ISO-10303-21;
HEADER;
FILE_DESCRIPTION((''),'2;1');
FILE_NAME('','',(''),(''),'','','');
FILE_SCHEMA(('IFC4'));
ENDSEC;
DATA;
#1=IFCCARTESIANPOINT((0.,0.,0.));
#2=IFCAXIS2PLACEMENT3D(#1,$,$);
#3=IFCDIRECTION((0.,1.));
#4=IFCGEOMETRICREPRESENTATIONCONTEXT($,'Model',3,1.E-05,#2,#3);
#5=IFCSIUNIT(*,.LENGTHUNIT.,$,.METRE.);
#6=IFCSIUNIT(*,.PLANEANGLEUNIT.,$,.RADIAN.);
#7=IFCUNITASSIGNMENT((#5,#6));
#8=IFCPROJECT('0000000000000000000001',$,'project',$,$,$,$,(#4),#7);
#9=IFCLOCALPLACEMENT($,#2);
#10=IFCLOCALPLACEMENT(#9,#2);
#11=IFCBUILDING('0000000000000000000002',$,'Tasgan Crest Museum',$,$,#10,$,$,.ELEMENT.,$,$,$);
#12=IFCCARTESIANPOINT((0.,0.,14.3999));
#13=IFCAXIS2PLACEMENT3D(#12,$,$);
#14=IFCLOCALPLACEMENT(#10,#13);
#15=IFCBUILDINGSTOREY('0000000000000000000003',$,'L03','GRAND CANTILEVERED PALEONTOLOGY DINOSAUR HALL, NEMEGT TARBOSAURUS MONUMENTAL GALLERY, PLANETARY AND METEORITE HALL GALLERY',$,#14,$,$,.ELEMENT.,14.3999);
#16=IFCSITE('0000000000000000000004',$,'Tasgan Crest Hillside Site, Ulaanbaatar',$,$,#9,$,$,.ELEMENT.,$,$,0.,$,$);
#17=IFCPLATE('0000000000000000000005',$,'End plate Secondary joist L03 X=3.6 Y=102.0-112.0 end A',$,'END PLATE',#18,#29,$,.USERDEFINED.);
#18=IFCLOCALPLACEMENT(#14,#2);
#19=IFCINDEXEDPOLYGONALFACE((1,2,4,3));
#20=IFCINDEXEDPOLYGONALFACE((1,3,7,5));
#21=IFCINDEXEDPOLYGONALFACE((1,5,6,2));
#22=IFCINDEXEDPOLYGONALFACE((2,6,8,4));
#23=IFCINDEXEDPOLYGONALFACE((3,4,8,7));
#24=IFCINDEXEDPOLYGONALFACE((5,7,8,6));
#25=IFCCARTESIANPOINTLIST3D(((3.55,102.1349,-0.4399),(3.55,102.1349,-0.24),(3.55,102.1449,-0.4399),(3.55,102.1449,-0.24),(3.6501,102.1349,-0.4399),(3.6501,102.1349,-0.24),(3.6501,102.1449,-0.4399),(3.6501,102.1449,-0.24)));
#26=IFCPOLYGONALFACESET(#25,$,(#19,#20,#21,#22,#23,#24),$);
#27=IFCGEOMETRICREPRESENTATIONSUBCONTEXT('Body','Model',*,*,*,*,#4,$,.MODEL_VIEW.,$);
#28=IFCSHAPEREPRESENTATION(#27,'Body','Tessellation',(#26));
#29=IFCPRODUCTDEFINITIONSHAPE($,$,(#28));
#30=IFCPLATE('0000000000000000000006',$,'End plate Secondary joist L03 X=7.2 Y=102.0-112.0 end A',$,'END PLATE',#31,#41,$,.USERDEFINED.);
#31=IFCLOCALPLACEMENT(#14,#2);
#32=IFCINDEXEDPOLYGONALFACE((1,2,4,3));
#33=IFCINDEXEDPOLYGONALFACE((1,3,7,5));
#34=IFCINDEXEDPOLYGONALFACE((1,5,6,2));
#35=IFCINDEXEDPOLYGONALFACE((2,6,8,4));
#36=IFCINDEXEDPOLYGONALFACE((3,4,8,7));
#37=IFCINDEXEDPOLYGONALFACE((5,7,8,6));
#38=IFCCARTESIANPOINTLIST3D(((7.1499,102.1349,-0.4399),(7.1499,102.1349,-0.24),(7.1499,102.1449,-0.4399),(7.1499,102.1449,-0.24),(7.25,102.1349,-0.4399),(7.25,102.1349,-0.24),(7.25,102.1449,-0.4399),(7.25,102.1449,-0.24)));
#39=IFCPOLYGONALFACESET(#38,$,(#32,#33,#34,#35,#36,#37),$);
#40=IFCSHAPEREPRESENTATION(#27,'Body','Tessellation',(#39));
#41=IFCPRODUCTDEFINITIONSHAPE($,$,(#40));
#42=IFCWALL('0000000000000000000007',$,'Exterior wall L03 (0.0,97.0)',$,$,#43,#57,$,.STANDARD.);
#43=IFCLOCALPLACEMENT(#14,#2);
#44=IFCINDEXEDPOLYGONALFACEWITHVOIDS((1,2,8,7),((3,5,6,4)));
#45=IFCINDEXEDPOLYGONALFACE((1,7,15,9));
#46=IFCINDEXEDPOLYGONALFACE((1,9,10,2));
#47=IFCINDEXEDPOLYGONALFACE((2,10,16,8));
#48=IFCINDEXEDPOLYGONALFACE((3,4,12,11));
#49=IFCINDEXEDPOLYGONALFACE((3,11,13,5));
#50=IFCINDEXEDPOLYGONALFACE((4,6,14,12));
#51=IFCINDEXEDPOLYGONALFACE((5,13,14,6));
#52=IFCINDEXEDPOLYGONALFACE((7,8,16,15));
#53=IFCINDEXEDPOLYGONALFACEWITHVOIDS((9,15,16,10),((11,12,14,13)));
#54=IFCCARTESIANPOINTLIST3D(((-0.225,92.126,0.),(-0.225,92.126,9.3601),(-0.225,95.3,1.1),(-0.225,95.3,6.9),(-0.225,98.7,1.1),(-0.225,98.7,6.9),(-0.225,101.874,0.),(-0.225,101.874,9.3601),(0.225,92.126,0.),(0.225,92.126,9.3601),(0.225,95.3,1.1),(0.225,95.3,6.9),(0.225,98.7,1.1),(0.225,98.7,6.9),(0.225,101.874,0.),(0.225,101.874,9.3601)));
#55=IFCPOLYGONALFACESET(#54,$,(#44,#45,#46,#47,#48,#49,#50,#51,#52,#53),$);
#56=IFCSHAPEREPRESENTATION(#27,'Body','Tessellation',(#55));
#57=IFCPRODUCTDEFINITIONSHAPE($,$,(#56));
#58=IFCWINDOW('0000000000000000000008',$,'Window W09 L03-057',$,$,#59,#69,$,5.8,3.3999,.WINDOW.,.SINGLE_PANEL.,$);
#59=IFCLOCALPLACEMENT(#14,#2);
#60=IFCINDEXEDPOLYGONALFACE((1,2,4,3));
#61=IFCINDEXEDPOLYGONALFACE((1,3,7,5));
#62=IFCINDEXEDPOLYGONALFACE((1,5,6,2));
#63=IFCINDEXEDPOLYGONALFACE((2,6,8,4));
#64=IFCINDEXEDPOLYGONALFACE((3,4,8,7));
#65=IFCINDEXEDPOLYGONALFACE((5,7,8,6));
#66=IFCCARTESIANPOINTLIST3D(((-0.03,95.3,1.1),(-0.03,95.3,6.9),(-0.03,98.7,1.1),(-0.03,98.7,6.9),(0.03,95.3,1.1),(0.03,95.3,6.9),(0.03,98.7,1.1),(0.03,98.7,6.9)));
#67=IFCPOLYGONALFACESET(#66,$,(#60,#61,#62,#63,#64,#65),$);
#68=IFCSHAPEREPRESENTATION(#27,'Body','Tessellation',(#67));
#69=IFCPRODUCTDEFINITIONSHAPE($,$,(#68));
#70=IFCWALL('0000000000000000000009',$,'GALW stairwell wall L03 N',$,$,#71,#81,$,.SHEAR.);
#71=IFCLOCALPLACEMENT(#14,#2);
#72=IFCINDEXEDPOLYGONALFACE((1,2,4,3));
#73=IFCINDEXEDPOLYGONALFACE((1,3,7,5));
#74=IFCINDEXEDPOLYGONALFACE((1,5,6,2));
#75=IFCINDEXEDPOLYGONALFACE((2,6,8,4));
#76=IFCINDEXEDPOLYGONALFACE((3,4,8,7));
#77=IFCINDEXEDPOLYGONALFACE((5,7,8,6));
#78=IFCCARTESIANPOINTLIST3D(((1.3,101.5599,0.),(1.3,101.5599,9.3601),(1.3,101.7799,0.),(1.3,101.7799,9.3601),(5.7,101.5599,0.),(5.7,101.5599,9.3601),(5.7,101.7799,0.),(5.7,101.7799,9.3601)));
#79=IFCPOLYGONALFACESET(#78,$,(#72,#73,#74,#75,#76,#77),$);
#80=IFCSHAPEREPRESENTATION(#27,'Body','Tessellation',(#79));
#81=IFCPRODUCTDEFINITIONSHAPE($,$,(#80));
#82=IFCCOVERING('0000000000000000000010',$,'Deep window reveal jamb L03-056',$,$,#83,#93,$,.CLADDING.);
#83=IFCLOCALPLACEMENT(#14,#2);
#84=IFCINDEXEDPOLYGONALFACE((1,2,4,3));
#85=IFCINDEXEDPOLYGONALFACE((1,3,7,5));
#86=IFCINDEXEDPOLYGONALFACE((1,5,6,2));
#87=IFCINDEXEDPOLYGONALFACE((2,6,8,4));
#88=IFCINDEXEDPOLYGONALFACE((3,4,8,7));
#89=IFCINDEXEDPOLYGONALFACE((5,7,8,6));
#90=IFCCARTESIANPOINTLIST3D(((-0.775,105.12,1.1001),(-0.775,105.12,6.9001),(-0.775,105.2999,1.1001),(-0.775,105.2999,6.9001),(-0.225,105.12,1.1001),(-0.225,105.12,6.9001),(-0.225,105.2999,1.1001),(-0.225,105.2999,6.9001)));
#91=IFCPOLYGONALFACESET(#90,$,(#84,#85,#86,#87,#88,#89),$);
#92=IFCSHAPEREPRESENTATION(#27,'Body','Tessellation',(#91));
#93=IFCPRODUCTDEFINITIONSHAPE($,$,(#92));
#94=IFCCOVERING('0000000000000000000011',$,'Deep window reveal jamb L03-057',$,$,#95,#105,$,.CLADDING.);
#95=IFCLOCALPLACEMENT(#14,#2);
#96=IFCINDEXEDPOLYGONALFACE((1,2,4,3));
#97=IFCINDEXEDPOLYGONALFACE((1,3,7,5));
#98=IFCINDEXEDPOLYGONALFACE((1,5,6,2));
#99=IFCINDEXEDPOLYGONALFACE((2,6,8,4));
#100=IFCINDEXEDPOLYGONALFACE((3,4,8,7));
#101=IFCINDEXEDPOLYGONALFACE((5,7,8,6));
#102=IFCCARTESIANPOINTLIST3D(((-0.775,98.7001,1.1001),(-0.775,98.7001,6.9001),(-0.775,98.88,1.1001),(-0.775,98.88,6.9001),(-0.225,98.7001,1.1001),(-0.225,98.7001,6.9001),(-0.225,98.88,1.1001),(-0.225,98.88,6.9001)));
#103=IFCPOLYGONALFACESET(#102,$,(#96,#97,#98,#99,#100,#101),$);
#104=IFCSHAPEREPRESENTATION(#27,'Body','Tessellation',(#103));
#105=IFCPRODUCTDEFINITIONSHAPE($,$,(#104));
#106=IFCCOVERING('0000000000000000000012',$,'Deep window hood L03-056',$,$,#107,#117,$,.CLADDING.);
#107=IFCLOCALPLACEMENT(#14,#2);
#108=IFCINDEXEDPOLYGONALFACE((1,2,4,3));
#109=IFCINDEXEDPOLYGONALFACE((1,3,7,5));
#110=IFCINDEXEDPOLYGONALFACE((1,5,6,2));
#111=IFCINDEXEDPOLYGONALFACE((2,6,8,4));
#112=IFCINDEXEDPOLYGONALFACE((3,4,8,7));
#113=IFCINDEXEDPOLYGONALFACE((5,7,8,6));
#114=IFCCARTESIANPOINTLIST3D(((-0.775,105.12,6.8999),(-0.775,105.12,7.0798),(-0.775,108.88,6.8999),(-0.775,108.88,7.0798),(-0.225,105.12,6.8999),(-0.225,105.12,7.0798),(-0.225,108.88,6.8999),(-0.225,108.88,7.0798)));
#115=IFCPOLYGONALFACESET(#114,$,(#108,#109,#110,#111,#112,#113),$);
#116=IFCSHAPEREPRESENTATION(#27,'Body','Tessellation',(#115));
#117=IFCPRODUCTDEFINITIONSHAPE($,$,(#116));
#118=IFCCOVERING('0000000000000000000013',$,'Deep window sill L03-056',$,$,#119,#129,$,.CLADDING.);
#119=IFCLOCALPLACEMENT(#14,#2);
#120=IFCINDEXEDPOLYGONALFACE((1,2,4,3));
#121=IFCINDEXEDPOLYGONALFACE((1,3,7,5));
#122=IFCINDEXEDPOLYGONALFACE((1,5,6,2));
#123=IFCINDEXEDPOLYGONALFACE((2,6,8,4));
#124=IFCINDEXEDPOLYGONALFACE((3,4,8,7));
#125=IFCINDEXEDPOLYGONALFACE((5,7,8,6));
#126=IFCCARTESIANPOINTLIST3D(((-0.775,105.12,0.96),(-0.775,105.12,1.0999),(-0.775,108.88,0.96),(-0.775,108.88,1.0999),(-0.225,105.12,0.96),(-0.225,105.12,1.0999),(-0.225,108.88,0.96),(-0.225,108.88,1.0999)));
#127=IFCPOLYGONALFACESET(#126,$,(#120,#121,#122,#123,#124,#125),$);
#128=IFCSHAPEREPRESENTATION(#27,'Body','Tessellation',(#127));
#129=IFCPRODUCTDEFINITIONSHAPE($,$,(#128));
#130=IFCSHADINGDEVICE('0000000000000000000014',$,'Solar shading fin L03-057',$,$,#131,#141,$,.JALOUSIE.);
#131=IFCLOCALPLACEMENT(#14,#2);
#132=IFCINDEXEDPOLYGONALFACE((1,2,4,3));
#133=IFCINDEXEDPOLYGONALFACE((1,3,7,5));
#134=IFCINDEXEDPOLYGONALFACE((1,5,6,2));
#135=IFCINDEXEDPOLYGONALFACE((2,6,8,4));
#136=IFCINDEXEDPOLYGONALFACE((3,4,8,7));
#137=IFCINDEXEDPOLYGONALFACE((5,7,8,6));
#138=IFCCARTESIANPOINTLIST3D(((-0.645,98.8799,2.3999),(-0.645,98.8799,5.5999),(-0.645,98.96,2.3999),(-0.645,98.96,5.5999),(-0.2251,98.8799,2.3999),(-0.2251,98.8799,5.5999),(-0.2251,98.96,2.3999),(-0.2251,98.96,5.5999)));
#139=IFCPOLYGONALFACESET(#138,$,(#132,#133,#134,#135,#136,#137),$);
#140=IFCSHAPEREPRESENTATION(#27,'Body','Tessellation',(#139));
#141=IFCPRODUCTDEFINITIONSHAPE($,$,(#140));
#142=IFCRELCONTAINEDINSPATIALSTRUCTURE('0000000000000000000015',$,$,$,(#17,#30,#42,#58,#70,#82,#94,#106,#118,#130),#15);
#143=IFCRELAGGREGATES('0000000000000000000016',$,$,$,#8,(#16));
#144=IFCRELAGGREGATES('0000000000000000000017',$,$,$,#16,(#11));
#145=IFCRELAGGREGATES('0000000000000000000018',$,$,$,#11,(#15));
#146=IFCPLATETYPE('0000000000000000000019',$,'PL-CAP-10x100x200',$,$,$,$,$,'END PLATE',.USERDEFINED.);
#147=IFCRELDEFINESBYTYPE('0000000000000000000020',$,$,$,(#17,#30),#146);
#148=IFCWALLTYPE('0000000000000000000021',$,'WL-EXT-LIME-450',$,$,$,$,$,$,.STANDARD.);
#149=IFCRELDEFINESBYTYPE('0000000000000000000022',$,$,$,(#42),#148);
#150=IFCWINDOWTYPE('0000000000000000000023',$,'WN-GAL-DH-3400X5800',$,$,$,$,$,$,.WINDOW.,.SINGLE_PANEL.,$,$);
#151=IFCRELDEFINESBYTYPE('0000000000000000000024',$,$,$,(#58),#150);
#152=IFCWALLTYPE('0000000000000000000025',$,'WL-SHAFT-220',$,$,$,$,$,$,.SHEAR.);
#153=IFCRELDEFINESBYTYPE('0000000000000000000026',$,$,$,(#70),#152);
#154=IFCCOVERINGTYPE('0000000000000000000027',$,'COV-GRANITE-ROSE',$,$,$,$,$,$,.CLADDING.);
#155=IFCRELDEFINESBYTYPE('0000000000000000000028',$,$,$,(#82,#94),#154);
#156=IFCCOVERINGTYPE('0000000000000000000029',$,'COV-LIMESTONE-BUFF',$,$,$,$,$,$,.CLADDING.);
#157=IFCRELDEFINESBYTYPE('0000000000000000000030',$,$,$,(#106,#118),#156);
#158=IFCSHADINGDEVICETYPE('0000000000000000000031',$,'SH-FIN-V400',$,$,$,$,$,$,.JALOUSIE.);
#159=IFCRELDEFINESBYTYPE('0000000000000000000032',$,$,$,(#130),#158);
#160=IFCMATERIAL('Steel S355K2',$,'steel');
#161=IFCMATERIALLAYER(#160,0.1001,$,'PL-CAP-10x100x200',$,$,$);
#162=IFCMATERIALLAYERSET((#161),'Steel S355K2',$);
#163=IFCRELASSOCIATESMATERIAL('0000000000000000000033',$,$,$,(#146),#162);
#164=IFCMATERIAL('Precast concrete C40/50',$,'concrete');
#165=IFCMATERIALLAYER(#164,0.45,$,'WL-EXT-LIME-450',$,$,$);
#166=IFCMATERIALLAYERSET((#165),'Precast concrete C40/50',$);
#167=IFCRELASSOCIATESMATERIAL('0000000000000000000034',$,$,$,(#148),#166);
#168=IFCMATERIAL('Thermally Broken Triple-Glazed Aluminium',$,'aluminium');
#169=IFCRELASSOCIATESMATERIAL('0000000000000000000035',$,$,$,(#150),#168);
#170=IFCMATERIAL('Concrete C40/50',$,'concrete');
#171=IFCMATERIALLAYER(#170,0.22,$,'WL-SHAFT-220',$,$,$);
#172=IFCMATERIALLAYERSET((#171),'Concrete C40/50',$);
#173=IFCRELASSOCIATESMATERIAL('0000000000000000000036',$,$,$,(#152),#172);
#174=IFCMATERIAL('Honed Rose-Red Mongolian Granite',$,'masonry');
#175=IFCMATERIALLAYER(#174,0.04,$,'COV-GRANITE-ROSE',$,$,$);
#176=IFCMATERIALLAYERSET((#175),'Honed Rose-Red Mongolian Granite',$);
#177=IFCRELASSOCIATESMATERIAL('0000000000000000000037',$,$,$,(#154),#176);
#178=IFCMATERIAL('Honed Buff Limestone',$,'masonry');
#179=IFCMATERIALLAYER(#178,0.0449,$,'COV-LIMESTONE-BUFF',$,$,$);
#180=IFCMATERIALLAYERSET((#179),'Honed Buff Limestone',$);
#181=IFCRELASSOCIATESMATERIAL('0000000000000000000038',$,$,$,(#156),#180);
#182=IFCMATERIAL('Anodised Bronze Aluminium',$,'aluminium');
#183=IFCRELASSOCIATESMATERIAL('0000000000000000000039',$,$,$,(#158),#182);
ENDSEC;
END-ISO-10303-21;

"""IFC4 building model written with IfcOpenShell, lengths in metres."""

from ifc_helpers import new_model, si_unit, direction, frame, frame_2d, origin, origin_2d, place, context, subcontext, project, spatial, rectangle, extrude, material, layer, layer_set, type_object, element, fill, save


model = new_model("IFC4")

# Units and contexts
model_context = context("Model", 3, precision=1e-05, world=origin(), true_north=direction((0.0, 1.0)))
body_context = subcontext(model_context, "Body", "Model", "MODEL_VIEW")
ifc_project = project(units=[si_unit("LENGTHUNIT", "METRE"), si_unit("PLANEANGLEUNIT", "RADIAN")], contexts=[model_context])

# Site, building, storey
site_placement = place(None, origin())
site = spatial("IfcSite", under=ifc_project, at=site_placement, Name="Tasgan Crest Hillside Site, Ulaanbaatar", CompositionType="ELEMENT", RefElevation=0.0)
building_placement = place(site_placement, origin())
building = spatial("IfcBuilding", under=site, at=building_placement, Name="Tasgan Crest Museum", CompositionType="ELEMENT")
storey_placement = place(building_placement, frame((0.0, 0.0, 14.3999)))
storey = spatial("IfcBuildingStorey", under=building, at=storey_placement, Name="L03", Description="GRAND CANTILEVERED PALEONTOLOGY DINOSAUR HALL, NEMEGT TARBOSAURUS MONUMENTAL GALLERY, PLANETARY AND METEORITE HALL GALLERY", CompositionType="ELEMENT", Elevation=14.3999)

# Plates
ifc_material_1 = material(Name="Steel S355K2", Category="steel")
ifc_layer_1 = layer(ifc_material_1, 0.1001, Name="PL-CAP-10x100x200")
ifc_layer_set_1 = layer_set([ifc_layer_1], Name="Steel S355K2")
plate_type = type_object("IfcPlateType", Name="PL-CAP-10x100x200", ElementType="END PLATE", PredefinedType="USERDEFINED", material=ifc_layer_set_1)
for number, where, z_axis, x_axis, name in (
    (1, (3.6001, 102.1399, -0.4399), (0.0, 0.0, 1.0), (0.0, 1.0, 0.0), "End plate Secondary joist L03 X=3.6 Y=102.0-112.0 end A"),
    (2, (7.2, 102.1399, -0.4399), (0.0, 0.0, 1.0), (0.0, 1.0, 0.0), "End plate Secondary joist L03 X=7.2 Y=102.0-112.0 end A"),
):
    element("IfcPlate", number, at=place(storey_placement, frame(where, z_axis=z_axis, x_axis=x_axis)), inside=storey, type_object=plate_type, Name=name, ObjectType="END PLATE", PredefinedType="USERDEFINED", context=body_context, shape_type="SweptSolid", body=[
        extrude(rectangle(XDim=0.01, YDim=0.1001, at=origin_2d()), origin(), (0.0, 0.0, 1.0), 0.2),
    ])

# Wall, opening, window
ifc_material_2 = material(Name="Precast concrete C40/50", Category="concrete")
ifc_layer_2 = layer(ifc_material_2, 0.45, Name="WL-EXT-LIME-450")
ifc_layer_set_2 = layer_set([ifc_layer_2], Name="Precast concrete C40/50")
wall_type_1 = type_object("IfcWallType", Name="WL-EXT-LIME-450", PredefinedType="STANDARD", material=ifc_layer_set_2)
wall_1_placement = place(storey_placement, frame((0.0, 101.874, 0.0), z_axis=(0.0, 0.0, 1.0), x_axis=(0.0, -1.0, 0.0)))
wall_1 = element("IfcWall", 3, at=wall_1_placement, inside=storey, type_object=wall_type_1, Name="Exterior wall L03 (0.0,97.0)", PredefinedType="STANDARD", context=body_context, shape_type="SweptSolid", body=[
    extrude(rectangle(XDim=9.748, YDim=0.45, at=frame_2d((4.874, 0.0))), origin(), (0.0, 0.0, 1.0), 9.3601),
])
opening_placement = place(wall_1_placement, frame((3.1741, 0.0, 1.1001)))
opening = element("IfcOpeningElement", 4, at=opening_placement, cuts=wall_1, PredefinedType="OPENING", context=body_context, shape_type="SweptSolid", body=[
    extrude(rectangle(XDim=3.3999, YDim=5.8, at=frame_2d((1.7, 2.8999))), frame((0.0, 0.2349, 0.0), z_axis=(0.0, -1.0, 0.0), x_axis=(1.0, 0.0, 0.0)), (0.0, 0.0, 1.0), 0.47),
])
ifc_material_3 = material(Name="Thermally Broken Triple-Glazed Aluminium", Category="aluminium")
window_type = type_object("IfcWindowType", Name="WN-GAL-DH-3400X5800", PartitioningType="SINGLE_PANEL", PredefinedType="WINDOW", material=ifc_material_3)
window_placement = place(opening_placement, origin())
window = element("IfcWindow", 5, at=window_placement, inside=storey, type_object=window_type, Name="Window W09 L03-057", OverallHeight=5.8, OverallWidth=3.3999, PartitioningType="SINGLE_PANEL", PredefinedType="WINDOW", context=body_context, shape_type="SweptSolid", body=[
    extrude(rectangle(XDim=3.3999, YDim=5.8, at=frame_2d((1.7, 2.8999))), frame((0.0, 0.03, 0.0), z_axis=(0.0, -1.0, 0.0), x_axis=(1.0, 0.0, 0.0)), (0.0, 0.0, 1.0), 0.0601),
])
fill(opening, window)

# Wall
ifc_material_4 = material(Name="Concrete C40/50", Category="concrete")
ifc_layer_3 = layer(ifc_material_4, 0.22, Name="WL-SHAFT-220")
ifc_layer_set_3 = layer_set([ifc_layer_3], Name="Concrete C40/50")
wall_type_2 = type_object("IfcWallType", Name="WL-SHAFT-220", PredefinedType="SHEAR", material=ifc_layer_set_3)
wall_2_placement = place(storey_placement, frame((1.3, 101.6699, 0.0), z_axis=(0.0, 0.0, 1.0), x_axis=(1.0, 0.0, 0.0)))
element("IfcWall", 6, at=wall_2_placement, inside=storey, type_object=wall_type_2, Name="GALW stairwell wall L03 N", PredefinedType="SHEAR", context=body_context, shape_type="SweptSolid", body=[
    extrude(rectangle(XDim=4.3999, YDim=0.22, at=frame_2d((2.2, 0.0))), origin(), (0.0, 0.0, 1.0), 9.3601),
])

# Coverings
ifc_material_5 = material(Name="Honed Rose-Red Mongolian Granite", Category="masonry")
ifc_layer_4 = layer(ifc_material_5, 0.04, Name="COV-GRANITE-ROSE")
ifc_layer_set_4 = layer_set([ifc_layer_4], Name="Honed Rose-Red Mongolian Granite")
covering_type_1 = type_object("IfcCoveringType", Name="COV-GRANITE-ROSE", PredefinedType="CLADDING", material=ifc_layer_set_4)
for number, where, z_axis, x_axis, name in (
    (7, (-0.5, 105.21, 1.1001), (0.0, 0.0, 1.0), (0.0, -1.0, 0.0), "Deep window reveal jamb L03-056"),
    (8, (-0.5, 98.79, 1.1001), (0.0, 0.0, 1.0), (0.0, -1.0, 0.0), "Deep window reveal jamb L03-057"),
):
    element("IfcCovering", number, at=place(storey_placement, frame(where, z_axis=z_axis, x_axis=x_axis)), inside=storey, type_object=covering_type_1, Name=name, PredefinedType="CLADDING", context=body_context, shape_type="SweptSolid", body=[
        extrude(rectangle(XDim=0.1799, YDim=0.55, at=origin_2d()), origin(), (0.0, 0.0, 1.0), 5.8),
    ])
ifc_material_6 = material(Name="Honed Buff Limestone", Category="masonry")
ifc_layer_5 = layer(ifc_material_6, 0.0449, Name="COV-LIMESTONE-BUFF")
ifc_layer_set_5 = layer_set([ifc_layer_5], Name="Honed Buff Limestone")
covering_type_2 = type_object("IfcCoveringType", Name="COV-LIMESTONE-BUFF", PredefinedType="CLADDING", material=ifc_layer_set_5)
covering_1_placement = place(storey_placement, frame((-0.5, 107.0, 6.8999), z_axis=(0.0, 0.0, 1.0), x_axis=(0.0, -1.0, 0.0)))
element("IfcCovering", 9, at=covering_1_placement, inside=storey, type_object=covering_type_2, Name="Deep window hood L03-056", PredefinedType="CLADDING", context=body_context, shape_type="SweptSolid", body=[
    extrude(rectangle(XDim=3.76, YDim=0.55, at=origin_2d()), origin(), (0.0, 0.0, 1.0), 0.1799),
])
covering_2_placement = place(storey_placement, frame((-0.5, 107.0, 0.96), z_axis=(0.0, 0.0, 1.0), x_axis=(0.0, -1.0, 0.0)))
element("IfcCovering", 10, at=covering_2_placement, inside=storey, type_object=covering_type_2, Name="Deep window sill L03-056", PredefinedType="CLADDING", context=body_context, shape_type="SweptSolid", body=[
    extrude(rectangle(XDim=3.76, YDim=0.55, at=origin_2d()), origin(), (0.0, 0.0, 1.0), 0.1399),
])

# Shading device
ifc_material_7 = material(Name="Anodised Bronze Aluminium", Category="aluminium")
shading_device_type = type_object("IfcShadingDeviceType", Name="SH-FIN-V400", PredefinedType="JALOUSIE", material=ifc_material_7)
shading_device_placement = place(storey_placement, frame((-0.4351, 98.9199, 2.3999), z_axis=(0.0, 0.0, 1.0), x_axis=(0.0, -1.0, 0.0)))
element("IfcShadingDevice", 11, at=shading_device_placement, inside=storey, type_object=shading_device_type, Name="Solar shading fin L03-057", PredefinedType="JALOUSIE", context=body_context, shape_type="SweptSolid", body=[
    extrude(rectangle(XDim=0.0801, YDim=0.4199, at=origin_2d()), origin(), (0.0, 0.0, 1.0), 3.2),
])

save(model, "model.ifc")
